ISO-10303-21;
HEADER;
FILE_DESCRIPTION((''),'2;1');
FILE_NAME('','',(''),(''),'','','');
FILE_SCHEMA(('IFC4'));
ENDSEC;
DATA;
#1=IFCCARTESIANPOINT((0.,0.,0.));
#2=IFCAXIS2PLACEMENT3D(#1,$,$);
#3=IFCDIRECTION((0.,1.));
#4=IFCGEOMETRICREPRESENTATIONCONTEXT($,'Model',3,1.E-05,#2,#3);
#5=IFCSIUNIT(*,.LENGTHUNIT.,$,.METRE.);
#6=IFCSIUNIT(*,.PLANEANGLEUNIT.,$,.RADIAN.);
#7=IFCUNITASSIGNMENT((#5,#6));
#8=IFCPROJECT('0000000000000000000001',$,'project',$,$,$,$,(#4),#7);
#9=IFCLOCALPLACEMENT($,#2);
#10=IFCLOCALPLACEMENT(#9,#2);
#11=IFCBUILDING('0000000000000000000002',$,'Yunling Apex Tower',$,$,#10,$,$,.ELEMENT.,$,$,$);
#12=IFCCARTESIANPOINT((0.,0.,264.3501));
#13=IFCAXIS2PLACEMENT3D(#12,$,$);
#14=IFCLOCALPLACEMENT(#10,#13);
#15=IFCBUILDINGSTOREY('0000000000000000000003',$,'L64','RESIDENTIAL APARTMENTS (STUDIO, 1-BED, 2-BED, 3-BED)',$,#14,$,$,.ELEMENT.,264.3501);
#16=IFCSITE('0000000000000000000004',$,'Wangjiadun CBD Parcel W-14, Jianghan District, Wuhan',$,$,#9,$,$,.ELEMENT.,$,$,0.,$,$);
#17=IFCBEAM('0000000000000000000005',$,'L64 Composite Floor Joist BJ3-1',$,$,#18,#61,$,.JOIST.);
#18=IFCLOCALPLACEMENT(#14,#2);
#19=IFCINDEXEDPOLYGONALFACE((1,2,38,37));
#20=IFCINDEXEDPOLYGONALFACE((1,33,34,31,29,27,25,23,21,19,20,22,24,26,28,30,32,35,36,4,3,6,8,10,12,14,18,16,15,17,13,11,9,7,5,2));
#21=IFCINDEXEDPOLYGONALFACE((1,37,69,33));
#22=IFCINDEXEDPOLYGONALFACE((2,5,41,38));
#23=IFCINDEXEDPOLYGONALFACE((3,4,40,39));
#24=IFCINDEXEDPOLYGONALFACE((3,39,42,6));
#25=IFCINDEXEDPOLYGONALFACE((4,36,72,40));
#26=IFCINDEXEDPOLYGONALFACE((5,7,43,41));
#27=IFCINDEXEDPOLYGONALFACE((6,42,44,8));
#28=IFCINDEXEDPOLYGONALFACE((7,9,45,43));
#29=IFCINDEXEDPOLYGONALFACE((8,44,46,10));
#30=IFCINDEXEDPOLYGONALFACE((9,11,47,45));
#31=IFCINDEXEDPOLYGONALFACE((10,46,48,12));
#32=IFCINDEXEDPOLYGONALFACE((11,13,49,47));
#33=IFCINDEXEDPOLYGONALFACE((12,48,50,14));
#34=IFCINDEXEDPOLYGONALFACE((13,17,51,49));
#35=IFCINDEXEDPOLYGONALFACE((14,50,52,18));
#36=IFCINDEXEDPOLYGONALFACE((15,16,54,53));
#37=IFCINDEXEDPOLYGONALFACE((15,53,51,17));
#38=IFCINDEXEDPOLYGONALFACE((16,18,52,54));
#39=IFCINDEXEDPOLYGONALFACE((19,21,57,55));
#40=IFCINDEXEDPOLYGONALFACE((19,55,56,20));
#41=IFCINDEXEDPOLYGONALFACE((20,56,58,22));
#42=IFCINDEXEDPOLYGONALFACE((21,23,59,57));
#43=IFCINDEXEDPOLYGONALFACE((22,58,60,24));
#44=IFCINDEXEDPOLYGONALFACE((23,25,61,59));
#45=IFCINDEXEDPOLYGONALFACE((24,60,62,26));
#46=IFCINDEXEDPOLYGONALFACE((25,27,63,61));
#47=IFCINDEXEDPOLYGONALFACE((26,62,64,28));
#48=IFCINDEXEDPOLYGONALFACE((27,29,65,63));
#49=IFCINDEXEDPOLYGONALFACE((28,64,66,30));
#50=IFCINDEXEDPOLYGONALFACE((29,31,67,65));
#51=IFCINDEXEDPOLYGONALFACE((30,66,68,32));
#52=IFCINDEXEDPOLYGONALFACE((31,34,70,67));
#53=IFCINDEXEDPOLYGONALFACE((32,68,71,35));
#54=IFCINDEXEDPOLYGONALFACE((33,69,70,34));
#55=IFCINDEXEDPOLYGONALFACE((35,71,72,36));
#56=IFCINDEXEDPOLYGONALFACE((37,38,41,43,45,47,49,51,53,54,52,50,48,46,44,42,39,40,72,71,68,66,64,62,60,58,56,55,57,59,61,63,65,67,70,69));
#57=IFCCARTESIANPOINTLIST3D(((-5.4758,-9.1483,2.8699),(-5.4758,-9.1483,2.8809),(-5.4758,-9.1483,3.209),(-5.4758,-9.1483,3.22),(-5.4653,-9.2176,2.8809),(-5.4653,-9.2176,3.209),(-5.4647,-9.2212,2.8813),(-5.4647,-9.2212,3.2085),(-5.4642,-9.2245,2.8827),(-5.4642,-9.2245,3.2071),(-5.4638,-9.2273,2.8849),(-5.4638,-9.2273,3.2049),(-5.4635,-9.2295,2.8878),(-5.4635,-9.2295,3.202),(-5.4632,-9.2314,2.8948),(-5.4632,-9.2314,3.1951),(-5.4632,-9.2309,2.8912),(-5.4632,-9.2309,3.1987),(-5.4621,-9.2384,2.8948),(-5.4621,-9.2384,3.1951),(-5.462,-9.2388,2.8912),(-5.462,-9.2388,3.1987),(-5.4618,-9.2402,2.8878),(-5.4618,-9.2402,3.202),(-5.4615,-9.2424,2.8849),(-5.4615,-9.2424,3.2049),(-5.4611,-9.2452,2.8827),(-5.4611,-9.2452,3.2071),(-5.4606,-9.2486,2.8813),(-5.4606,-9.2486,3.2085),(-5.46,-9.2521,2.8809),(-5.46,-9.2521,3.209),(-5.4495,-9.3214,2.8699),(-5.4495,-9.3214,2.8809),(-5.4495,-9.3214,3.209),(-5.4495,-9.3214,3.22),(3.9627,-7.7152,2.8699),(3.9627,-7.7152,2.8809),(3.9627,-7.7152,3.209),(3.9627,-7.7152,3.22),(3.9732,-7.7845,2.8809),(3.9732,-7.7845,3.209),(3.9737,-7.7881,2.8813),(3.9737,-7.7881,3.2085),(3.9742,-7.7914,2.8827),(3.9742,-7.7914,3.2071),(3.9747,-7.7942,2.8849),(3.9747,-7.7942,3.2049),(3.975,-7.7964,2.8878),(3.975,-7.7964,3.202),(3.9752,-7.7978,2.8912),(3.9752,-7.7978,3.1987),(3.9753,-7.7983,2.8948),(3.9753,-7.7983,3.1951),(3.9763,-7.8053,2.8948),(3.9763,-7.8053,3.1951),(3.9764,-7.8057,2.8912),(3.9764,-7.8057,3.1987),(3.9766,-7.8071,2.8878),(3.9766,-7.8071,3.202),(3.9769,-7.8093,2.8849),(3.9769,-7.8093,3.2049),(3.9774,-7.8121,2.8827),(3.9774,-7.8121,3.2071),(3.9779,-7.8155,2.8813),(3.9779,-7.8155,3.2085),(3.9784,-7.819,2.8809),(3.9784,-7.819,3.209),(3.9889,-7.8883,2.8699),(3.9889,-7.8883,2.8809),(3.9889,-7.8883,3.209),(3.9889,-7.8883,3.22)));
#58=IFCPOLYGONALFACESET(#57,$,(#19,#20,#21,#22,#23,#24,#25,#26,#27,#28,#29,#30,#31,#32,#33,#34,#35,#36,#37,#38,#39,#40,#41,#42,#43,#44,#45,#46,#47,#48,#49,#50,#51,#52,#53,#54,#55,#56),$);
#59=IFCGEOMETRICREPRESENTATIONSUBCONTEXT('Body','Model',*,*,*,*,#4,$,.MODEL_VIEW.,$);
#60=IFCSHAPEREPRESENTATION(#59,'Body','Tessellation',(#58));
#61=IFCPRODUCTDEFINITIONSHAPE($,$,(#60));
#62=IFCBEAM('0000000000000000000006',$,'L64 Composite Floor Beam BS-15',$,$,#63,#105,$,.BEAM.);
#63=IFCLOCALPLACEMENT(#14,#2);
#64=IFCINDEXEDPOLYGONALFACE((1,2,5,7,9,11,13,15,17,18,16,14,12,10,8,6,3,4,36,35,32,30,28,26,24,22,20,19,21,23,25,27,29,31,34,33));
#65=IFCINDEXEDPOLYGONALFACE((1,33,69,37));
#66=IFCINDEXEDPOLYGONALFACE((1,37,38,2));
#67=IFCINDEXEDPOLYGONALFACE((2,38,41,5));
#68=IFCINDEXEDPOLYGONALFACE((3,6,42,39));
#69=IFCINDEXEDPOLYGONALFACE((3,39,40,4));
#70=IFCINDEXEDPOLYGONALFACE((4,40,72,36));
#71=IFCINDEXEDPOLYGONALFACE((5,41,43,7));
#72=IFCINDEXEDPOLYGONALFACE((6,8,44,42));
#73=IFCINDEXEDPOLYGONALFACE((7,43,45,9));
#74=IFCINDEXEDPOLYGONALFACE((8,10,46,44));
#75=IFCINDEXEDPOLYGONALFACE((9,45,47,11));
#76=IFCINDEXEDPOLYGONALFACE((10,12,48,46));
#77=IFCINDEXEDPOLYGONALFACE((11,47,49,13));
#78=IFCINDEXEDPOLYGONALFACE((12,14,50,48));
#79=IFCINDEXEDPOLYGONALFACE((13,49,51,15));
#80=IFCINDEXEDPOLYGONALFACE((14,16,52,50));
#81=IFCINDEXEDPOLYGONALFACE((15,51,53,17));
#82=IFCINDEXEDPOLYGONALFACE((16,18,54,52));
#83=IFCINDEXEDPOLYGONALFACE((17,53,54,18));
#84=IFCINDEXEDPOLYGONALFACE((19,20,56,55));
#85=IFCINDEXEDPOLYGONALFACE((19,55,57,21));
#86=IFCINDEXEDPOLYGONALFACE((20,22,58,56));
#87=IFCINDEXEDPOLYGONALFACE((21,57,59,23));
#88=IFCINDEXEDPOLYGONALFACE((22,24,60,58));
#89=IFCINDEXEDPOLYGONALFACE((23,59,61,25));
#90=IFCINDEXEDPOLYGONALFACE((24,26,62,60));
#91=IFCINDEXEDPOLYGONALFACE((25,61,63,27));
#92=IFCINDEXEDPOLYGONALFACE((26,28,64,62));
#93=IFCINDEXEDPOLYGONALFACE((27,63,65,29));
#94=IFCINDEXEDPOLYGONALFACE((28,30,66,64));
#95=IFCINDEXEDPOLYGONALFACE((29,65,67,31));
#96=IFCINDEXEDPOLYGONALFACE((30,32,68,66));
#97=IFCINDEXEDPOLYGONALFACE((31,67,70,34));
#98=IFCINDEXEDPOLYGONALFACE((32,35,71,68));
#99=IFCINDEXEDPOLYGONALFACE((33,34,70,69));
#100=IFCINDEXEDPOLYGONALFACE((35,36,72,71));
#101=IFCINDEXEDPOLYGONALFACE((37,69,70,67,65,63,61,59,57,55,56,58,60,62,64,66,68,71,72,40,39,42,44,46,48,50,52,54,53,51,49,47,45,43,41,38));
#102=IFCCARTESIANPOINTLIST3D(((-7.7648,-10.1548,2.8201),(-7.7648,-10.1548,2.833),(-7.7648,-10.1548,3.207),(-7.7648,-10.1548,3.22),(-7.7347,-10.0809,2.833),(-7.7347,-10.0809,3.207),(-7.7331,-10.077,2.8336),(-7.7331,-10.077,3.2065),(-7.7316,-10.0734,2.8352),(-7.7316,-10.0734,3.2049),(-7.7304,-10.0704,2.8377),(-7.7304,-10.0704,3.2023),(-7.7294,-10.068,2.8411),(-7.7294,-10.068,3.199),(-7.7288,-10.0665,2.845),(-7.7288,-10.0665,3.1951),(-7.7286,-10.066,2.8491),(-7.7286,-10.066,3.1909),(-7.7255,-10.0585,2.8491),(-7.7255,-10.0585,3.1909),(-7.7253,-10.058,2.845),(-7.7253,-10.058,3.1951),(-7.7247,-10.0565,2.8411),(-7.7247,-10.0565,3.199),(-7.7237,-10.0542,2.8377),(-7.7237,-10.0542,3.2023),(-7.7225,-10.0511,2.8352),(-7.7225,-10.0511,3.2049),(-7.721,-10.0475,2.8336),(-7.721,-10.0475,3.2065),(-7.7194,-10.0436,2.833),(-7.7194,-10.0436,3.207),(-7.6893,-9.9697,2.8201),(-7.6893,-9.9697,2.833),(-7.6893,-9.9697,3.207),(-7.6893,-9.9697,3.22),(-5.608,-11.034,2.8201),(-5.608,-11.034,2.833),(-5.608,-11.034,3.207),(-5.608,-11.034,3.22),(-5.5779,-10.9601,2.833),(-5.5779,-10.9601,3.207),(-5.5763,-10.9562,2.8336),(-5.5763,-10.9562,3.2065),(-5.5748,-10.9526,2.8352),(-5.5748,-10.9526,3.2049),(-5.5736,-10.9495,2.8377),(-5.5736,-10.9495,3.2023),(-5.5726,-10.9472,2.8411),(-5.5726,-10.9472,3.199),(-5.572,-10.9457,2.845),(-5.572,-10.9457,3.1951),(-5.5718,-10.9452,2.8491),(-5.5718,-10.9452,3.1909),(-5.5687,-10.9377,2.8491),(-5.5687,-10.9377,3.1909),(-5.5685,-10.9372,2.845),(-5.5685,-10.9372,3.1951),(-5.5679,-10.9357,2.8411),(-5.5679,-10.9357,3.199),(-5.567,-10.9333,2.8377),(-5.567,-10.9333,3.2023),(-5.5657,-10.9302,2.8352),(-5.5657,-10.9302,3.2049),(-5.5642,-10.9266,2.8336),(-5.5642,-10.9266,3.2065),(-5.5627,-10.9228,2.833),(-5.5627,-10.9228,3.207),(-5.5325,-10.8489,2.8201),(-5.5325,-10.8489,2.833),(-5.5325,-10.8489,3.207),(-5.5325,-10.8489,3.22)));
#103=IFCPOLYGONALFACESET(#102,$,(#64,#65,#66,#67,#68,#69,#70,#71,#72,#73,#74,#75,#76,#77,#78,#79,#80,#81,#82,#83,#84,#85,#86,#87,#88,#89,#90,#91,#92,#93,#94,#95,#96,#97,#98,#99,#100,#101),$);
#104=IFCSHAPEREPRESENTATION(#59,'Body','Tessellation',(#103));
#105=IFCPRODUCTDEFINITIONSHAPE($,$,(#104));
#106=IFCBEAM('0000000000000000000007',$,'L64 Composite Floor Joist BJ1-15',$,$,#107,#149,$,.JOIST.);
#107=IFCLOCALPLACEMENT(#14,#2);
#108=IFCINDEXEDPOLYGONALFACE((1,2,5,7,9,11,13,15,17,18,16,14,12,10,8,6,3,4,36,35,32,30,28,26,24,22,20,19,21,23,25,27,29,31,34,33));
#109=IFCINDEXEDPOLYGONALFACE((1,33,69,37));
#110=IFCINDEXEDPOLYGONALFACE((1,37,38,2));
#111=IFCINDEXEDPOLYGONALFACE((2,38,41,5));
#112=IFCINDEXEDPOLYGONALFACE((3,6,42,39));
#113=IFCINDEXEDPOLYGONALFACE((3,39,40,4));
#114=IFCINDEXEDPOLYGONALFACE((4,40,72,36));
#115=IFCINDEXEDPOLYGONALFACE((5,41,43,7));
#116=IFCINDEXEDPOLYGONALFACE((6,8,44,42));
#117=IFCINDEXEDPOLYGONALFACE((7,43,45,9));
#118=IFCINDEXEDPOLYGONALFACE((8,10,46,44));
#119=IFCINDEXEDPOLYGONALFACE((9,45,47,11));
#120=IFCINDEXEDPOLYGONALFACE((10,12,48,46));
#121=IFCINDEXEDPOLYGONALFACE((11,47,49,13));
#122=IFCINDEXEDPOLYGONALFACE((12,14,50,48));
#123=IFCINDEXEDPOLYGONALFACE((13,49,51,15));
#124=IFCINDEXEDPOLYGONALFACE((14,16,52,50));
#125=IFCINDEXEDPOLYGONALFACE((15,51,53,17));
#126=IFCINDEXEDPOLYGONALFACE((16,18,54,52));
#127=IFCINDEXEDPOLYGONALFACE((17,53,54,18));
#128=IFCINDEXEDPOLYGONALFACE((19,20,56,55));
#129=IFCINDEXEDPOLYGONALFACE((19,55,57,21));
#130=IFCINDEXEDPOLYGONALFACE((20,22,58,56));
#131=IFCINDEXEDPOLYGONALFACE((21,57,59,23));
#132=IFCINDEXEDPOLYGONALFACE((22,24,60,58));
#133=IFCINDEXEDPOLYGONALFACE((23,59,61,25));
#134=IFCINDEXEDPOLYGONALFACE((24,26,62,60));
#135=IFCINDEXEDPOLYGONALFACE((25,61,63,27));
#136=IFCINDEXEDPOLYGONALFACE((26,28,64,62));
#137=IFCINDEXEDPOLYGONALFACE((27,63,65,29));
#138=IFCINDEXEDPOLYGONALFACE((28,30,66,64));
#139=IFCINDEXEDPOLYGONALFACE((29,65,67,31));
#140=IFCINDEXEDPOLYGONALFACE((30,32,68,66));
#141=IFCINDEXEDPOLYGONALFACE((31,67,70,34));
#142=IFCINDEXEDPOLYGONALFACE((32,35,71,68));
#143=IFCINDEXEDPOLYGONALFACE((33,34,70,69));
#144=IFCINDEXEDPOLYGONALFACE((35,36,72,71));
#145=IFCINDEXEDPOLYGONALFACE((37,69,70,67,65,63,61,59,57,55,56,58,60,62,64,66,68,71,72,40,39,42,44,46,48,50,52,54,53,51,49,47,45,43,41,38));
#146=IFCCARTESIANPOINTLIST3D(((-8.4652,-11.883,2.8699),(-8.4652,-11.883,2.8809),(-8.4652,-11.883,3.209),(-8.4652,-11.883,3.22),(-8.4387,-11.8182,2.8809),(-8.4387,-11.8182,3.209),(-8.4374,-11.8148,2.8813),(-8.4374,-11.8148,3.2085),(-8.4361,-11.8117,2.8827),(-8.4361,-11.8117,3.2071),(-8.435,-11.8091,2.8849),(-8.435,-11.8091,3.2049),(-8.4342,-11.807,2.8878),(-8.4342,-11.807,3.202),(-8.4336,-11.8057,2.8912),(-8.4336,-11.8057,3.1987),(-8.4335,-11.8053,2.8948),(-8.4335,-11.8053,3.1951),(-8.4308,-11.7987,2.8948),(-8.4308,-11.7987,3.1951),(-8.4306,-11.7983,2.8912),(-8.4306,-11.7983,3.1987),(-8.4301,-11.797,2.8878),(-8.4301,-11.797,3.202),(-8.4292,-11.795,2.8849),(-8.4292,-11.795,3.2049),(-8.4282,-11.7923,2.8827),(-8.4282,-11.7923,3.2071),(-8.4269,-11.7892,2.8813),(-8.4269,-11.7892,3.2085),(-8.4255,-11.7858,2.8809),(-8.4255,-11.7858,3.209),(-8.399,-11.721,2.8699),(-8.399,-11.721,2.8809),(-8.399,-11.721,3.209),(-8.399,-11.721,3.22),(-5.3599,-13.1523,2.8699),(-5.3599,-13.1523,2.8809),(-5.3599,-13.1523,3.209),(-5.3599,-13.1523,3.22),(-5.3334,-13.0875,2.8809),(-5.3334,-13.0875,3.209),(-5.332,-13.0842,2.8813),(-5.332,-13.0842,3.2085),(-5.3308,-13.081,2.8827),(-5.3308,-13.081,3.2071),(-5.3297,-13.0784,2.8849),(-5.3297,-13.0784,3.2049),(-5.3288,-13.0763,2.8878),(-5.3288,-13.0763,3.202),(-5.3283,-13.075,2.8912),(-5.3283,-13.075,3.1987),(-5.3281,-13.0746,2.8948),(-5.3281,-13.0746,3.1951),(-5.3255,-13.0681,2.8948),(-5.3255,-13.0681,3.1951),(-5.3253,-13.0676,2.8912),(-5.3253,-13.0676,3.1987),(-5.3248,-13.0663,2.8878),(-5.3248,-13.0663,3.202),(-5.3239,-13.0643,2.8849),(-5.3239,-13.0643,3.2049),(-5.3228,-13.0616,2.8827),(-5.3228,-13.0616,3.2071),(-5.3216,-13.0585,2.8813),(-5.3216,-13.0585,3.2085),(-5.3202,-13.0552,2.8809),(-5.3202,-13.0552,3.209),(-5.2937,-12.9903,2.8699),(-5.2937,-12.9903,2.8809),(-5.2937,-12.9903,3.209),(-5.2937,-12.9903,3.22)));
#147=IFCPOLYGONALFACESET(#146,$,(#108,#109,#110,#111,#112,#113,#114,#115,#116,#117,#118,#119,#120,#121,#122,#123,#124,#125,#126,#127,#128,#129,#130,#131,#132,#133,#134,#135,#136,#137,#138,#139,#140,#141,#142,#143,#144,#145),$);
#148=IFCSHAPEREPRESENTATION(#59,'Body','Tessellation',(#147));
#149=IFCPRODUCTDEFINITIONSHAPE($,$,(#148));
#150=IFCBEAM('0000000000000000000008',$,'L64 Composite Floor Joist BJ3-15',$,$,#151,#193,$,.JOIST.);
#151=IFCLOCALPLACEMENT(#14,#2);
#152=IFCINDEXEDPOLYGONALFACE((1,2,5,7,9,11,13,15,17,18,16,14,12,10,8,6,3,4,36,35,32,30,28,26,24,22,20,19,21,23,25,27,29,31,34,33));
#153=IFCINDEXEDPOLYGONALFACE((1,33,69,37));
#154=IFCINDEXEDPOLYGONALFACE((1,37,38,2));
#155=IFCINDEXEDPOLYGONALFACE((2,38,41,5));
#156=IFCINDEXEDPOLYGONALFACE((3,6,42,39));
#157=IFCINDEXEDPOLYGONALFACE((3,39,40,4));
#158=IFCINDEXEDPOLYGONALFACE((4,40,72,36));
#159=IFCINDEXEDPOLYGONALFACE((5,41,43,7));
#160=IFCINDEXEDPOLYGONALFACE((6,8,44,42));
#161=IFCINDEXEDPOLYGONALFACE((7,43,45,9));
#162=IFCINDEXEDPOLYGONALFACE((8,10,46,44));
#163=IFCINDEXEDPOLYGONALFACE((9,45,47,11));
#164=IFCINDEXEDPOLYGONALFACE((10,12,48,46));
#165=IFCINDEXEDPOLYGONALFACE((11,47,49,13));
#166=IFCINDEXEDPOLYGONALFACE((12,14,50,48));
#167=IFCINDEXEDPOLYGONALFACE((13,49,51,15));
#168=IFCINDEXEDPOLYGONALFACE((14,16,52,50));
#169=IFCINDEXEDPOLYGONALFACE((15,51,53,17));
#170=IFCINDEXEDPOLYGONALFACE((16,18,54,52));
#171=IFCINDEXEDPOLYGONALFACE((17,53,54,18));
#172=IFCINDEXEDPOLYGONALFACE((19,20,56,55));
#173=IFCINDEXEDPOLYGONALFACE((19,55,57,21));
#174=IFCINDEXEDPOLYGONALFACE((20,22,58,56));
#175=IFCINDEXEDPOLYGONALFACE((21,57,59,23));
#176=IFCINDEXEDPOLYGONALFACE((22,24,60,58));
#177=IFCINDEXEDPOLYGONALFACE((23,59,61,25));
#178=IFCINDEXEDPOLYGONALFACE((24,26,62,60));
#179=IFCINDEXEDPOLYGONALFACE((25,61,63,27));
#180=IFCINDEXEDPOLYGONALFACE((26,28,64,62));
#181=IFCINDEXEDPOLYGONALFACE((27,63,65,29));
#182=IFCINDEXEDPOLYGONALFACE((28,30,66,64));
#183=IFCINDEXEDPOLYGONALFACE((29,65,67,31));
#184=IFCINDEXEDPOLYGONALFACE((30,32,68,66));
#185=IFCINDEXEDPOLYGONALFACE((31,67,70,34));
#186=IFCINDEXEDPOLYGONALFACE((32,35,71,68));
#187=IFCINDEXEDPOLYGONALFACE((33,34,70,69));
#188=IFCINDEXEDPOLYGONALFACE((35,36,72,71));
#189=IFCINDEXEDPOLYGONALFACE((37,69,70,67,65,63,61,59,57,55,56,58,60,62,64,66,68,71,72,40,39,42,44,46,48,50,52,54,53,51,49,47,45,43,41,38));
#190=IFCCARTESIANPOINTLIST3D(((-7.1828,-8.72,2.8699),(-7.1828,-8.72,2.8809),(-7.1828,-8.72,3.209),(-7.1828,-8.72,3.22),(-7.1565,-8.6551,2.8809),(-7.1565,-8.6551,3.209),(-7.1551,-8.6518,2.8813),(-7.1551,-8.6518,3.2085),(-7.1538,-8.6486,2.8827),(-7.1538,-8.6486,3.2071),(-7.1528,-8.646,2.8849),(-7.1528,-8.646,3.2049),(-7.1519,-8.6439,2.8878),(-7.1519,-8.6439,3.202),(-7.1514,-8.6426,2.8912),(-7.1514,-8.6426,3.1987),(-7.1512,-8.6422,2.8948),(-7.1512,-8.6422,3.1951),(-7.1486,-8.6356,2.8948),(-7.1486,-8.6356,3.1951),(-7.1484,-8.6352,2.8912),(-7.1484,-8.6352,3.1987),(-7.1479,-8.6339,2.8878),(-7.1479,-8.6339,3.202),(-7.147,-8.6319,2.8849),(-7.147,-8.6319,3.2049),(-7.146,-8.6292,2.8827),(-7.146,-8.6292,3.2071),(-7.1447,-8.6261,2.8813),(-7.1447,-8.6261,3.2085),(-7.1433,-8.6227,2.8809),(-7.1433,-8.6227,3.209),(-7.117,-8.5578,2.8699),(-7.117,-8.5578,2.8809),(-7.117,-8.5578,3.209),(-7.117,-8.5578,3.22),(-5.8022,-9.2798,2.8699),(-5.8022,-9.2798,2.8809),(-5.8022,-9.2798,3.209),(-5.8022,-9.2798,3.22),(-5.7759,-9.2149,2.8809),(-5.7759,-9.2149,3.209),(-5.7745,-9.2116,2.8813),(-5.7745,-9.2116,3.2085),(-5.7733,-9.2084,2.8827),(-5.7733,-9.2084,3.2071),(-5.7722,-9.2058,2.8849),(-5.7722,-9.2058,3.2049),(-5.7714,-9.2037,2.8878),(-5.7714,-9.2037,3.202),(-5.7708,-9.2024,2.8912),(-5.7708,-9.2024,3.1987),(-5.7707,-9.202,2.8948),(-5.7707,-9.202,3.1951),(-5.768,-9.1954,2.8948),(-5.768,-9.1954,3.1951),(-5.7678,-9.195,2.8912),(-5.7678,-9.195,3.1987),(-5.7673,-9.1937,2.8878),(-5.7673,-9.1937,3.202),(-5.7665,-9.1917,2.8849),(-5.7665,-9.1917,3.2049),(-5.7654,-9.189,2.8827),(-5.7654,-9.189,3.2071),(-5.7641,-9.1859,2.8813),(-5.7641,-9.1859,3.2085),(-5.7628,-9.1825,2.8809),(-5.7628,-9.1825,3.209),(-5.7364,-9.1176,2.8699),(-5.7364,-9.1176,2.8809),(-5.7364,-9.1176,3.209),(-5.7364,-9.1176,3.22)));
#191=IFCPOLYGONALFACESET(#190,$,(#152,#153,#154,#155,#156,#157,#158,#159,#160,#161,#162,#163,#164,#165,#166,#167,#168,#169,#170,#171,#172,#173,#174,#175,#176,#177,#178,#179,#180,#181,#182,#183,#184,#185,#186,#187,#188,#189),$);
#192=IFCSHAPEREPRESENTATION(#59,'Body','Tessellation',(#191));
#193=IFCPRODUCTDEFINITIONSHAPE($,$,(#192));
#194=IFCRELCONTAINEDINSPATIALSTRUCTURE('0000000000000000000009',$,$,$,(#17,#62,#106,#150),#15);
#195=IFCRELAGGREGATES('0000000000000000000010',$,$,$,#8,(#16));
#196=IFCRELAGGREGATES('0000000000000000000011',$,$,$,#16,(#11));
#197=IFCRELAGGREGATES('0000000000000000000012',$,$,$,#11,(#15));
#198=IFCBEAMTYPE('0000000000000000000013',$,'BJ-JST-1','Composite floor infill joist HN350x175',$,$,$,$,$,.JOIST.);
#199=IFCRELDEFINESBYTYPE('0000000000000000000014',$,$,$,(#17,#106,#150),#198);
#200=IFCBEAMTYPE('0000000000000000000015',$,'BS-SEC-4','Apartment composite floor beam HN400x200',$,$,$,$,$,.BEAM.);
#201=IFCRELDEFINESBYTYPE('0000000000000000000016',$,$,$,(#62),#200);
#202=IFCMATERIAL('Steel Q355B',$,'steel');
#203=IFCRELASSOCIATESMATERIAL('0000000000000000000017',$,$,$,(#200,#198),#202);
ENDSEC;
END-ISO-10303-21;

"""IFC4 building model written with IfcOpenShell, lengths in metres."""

from ifc_helpers import new_model, si_unit, direction, frame, origin, origin_2d, place, context, subcontext, project, spatial, i_section, extrude, source, transform, mapped, material, material_profile, profile_set, type_object, element, save


model = new_model("IFC4")

# Units and contexts
model_context = context("Model", 3, precision=1e-05, world=origin(), true_north=direction((0.0, 1.0)))
body_context = subcontext(model_context, "Body", "Model", "MODEL_VIEW")
ifc_project = project(units=[si_unit("LENGTHUNIT", "METRE"), si_unit("PLANEANGLEUNIT", "RADIAN")], contexts=[model_context])

# Site, building, storey
site_placement = place(None, origin())
site = spatial("IfcSite", under=ifc_project, at=site_placement, Name="Wangjiadun CBD Parcel W-14, Jianghan District, Wuhan", CompositionType="ELEMENT", RefElevation=0.0)
building_placement = place(site_placement, origin())
building = spatial("IfcBuilding", under=site, at=building_placement, Name="Yunling Apex Tower", CompositionType="ELEMENT")
storey_placement = place(building_placement, frame((0.0, 0.0, 264.3501)))
storey = spatial("IfcBuildingStorey", under=building, at=storey_placement, Name="L64", Description="RESIDENTIAL APARTMENTS (STUDIO, 1-BED, 2-BED, 3-BED)", CompositionType="ELEMENT", Elevation=264.3501)

# Shared definitions
ifc_material_1 = material(Name="Steel Q355B", Category="steel")

# Beams
ifc_material_profile_1 = material_profile(ifc_material_1, i_section(OverallWidth=0.2, OverallDepth=0.3999, WebThickness=0.0081, FlangeThickness=0.0129, FilletRadius=0.0161, at=origin_2d()))
ifc_profile_set_1 = profile_set([ifc_material_profile_1], Name="Steel Q355B")
beam_type_1 = type_object("IfcBeamType", Name="BS-SEC-4", Description="Apartment composite floor beam HN400x200", PredefinedType="BEAM", material=ifc_profile_set_1)
ifc_material_profile_2 = material_profile(ifc_material_1, i_section(OverallWidth=0.175, OverallDepth=0.3501, WebThickness=0.0071, FlangeThickness=0.011, FilletRadius=0.0139, at=origin_2d()))
ifc_profile_set_2 = profile_set([ifc_material_profile_2], Name="Steel Q355B")
beam_type_2 = type_object("IfcBeamType", Name="BJ-JST-1", Description="Composite floor infill joist HN350x175", PredefinedType="JOIST", material=ifc_profile_set_2)
shared_shape_1 = source(origin(), body_context, "Body", "SweptSolid", [
    extrude(i_section(OverallWidth=0.175, OverallDepth=0.3501, WebThickness=0.0071, FlangeThickness=0.011, FilletRadius=0.0139, at=origin_2d()), origin(), (0.0, 0.0, 1.0), 9.5466),
])
beam_1_placement = place(storey_placement, frame((-5.4626, -9.2349, 3.0449), z_axis=(0.988668, 0.150116, 0.0), x_axis=(-0.150116, 0.988668, 0.0)))
element("IfcBeam", 1, at=beam_1_placement, inside=storey, type_object=beam_type_2, Name="L64 Composite Floor Joist BJ3-1", PredefinedType="JOIST", context=body_context, shape_type="MappedRepresentation", body=[
    mapped(shared_shape_1, transform((0.0, 0.0, 0.0), scale=1.0)),
])
shared_shape_2 = source(origin(), body_context, "Body", "SweptSolid", [
    extrude(i_section(OverallWidth=0.2, OverallDepth=0.3999, WebThickness=0.0081, FlangeThickness=0.0129, FilletRadius=0.0161, at=origin_2d()), origin(), (0.0, 0.0, 1.0), 2.3291),
])
beam_2_placement = place(storey_placement, frame((-7.7271, -10.0623, 3.02), z_axis=(0.92602, -0.377473, 0.0), x_axis=(0.377473, 0.92602, 0.0)))
element("IfcBeam", 2, at=beam_2_placement, inside=storey, type_object=beam_type_1, Name="L64 Composite Floor Beam BS-15", PredefinedType="BEAM", context=body_context, shape_type="MappedRepresentation", body=[
    mapped(shared_shape_2, transform((0.0, 0.0, 0.0), scale=1.0)),
])
shared_shape_3 = source(origin(), body_context, "Body", "SweptSolid", [
    extrude(i_section(OverallWidth=0.175, OverallDepth=0.3501, WebThickness=0.0071, FlangeThickness=0.011, FilletRadius=0.0139, at=origin_2d()), origin(), (0.0, 0.0, 1.0), 3.3547),
])
beam_3_placement = place(storey_placement, frame((-8.4321, -11.802, 3.0449), z_axis=(0.925655, -0.378369, 0.0), x_axis=(0.378369, 0.925655, 0.0)))
element("IfcBeam", 3, at=beam_3_placement, inside=storey, type_object=beam_type_2, Name="L64 Composite Floor Joist BJ1-15", PredefinedType="JOIST", context=body_context, shape_type="MappedRepresentation", body=[
    mapped(shared_shape_3, transform((0.0, 0.0, 0.0), scale=1.0)),
])
shared_shape_4 = source(origin(), body_context, "Body", "SweptSolid", [
    extrude(i_section(OverallWidth=0.175, OverallDepth=0.3501, WebThickness=0.0071, FlangeThickness=0.011, FilletRadius=0.0139, at=origin_2d()), origin(), (0.0, 0.0, 1.0), 1.4897),
])
beam_4_placement = place(storey_placement, frame((-7.1499, -8.6389, 3.0449), z_axis=(0.926715, -0.375766, 0.0), x_axis=(0.375766, 0.926715, 0.0)))
element("IfcBeam", 4, at=beam_4_placement, inside=storey, type_object=beam_type_2, Name="L64 Composite Floor Joist BJ3-15", PredefinedType="JOIST", context=body_context, shape_type="MappedRepresentation", body=[
    mapped(shared_shape_4, transform((0.0, 0.0, 0.0), scale=1.0)),
])

save(model, "model.ifc")
